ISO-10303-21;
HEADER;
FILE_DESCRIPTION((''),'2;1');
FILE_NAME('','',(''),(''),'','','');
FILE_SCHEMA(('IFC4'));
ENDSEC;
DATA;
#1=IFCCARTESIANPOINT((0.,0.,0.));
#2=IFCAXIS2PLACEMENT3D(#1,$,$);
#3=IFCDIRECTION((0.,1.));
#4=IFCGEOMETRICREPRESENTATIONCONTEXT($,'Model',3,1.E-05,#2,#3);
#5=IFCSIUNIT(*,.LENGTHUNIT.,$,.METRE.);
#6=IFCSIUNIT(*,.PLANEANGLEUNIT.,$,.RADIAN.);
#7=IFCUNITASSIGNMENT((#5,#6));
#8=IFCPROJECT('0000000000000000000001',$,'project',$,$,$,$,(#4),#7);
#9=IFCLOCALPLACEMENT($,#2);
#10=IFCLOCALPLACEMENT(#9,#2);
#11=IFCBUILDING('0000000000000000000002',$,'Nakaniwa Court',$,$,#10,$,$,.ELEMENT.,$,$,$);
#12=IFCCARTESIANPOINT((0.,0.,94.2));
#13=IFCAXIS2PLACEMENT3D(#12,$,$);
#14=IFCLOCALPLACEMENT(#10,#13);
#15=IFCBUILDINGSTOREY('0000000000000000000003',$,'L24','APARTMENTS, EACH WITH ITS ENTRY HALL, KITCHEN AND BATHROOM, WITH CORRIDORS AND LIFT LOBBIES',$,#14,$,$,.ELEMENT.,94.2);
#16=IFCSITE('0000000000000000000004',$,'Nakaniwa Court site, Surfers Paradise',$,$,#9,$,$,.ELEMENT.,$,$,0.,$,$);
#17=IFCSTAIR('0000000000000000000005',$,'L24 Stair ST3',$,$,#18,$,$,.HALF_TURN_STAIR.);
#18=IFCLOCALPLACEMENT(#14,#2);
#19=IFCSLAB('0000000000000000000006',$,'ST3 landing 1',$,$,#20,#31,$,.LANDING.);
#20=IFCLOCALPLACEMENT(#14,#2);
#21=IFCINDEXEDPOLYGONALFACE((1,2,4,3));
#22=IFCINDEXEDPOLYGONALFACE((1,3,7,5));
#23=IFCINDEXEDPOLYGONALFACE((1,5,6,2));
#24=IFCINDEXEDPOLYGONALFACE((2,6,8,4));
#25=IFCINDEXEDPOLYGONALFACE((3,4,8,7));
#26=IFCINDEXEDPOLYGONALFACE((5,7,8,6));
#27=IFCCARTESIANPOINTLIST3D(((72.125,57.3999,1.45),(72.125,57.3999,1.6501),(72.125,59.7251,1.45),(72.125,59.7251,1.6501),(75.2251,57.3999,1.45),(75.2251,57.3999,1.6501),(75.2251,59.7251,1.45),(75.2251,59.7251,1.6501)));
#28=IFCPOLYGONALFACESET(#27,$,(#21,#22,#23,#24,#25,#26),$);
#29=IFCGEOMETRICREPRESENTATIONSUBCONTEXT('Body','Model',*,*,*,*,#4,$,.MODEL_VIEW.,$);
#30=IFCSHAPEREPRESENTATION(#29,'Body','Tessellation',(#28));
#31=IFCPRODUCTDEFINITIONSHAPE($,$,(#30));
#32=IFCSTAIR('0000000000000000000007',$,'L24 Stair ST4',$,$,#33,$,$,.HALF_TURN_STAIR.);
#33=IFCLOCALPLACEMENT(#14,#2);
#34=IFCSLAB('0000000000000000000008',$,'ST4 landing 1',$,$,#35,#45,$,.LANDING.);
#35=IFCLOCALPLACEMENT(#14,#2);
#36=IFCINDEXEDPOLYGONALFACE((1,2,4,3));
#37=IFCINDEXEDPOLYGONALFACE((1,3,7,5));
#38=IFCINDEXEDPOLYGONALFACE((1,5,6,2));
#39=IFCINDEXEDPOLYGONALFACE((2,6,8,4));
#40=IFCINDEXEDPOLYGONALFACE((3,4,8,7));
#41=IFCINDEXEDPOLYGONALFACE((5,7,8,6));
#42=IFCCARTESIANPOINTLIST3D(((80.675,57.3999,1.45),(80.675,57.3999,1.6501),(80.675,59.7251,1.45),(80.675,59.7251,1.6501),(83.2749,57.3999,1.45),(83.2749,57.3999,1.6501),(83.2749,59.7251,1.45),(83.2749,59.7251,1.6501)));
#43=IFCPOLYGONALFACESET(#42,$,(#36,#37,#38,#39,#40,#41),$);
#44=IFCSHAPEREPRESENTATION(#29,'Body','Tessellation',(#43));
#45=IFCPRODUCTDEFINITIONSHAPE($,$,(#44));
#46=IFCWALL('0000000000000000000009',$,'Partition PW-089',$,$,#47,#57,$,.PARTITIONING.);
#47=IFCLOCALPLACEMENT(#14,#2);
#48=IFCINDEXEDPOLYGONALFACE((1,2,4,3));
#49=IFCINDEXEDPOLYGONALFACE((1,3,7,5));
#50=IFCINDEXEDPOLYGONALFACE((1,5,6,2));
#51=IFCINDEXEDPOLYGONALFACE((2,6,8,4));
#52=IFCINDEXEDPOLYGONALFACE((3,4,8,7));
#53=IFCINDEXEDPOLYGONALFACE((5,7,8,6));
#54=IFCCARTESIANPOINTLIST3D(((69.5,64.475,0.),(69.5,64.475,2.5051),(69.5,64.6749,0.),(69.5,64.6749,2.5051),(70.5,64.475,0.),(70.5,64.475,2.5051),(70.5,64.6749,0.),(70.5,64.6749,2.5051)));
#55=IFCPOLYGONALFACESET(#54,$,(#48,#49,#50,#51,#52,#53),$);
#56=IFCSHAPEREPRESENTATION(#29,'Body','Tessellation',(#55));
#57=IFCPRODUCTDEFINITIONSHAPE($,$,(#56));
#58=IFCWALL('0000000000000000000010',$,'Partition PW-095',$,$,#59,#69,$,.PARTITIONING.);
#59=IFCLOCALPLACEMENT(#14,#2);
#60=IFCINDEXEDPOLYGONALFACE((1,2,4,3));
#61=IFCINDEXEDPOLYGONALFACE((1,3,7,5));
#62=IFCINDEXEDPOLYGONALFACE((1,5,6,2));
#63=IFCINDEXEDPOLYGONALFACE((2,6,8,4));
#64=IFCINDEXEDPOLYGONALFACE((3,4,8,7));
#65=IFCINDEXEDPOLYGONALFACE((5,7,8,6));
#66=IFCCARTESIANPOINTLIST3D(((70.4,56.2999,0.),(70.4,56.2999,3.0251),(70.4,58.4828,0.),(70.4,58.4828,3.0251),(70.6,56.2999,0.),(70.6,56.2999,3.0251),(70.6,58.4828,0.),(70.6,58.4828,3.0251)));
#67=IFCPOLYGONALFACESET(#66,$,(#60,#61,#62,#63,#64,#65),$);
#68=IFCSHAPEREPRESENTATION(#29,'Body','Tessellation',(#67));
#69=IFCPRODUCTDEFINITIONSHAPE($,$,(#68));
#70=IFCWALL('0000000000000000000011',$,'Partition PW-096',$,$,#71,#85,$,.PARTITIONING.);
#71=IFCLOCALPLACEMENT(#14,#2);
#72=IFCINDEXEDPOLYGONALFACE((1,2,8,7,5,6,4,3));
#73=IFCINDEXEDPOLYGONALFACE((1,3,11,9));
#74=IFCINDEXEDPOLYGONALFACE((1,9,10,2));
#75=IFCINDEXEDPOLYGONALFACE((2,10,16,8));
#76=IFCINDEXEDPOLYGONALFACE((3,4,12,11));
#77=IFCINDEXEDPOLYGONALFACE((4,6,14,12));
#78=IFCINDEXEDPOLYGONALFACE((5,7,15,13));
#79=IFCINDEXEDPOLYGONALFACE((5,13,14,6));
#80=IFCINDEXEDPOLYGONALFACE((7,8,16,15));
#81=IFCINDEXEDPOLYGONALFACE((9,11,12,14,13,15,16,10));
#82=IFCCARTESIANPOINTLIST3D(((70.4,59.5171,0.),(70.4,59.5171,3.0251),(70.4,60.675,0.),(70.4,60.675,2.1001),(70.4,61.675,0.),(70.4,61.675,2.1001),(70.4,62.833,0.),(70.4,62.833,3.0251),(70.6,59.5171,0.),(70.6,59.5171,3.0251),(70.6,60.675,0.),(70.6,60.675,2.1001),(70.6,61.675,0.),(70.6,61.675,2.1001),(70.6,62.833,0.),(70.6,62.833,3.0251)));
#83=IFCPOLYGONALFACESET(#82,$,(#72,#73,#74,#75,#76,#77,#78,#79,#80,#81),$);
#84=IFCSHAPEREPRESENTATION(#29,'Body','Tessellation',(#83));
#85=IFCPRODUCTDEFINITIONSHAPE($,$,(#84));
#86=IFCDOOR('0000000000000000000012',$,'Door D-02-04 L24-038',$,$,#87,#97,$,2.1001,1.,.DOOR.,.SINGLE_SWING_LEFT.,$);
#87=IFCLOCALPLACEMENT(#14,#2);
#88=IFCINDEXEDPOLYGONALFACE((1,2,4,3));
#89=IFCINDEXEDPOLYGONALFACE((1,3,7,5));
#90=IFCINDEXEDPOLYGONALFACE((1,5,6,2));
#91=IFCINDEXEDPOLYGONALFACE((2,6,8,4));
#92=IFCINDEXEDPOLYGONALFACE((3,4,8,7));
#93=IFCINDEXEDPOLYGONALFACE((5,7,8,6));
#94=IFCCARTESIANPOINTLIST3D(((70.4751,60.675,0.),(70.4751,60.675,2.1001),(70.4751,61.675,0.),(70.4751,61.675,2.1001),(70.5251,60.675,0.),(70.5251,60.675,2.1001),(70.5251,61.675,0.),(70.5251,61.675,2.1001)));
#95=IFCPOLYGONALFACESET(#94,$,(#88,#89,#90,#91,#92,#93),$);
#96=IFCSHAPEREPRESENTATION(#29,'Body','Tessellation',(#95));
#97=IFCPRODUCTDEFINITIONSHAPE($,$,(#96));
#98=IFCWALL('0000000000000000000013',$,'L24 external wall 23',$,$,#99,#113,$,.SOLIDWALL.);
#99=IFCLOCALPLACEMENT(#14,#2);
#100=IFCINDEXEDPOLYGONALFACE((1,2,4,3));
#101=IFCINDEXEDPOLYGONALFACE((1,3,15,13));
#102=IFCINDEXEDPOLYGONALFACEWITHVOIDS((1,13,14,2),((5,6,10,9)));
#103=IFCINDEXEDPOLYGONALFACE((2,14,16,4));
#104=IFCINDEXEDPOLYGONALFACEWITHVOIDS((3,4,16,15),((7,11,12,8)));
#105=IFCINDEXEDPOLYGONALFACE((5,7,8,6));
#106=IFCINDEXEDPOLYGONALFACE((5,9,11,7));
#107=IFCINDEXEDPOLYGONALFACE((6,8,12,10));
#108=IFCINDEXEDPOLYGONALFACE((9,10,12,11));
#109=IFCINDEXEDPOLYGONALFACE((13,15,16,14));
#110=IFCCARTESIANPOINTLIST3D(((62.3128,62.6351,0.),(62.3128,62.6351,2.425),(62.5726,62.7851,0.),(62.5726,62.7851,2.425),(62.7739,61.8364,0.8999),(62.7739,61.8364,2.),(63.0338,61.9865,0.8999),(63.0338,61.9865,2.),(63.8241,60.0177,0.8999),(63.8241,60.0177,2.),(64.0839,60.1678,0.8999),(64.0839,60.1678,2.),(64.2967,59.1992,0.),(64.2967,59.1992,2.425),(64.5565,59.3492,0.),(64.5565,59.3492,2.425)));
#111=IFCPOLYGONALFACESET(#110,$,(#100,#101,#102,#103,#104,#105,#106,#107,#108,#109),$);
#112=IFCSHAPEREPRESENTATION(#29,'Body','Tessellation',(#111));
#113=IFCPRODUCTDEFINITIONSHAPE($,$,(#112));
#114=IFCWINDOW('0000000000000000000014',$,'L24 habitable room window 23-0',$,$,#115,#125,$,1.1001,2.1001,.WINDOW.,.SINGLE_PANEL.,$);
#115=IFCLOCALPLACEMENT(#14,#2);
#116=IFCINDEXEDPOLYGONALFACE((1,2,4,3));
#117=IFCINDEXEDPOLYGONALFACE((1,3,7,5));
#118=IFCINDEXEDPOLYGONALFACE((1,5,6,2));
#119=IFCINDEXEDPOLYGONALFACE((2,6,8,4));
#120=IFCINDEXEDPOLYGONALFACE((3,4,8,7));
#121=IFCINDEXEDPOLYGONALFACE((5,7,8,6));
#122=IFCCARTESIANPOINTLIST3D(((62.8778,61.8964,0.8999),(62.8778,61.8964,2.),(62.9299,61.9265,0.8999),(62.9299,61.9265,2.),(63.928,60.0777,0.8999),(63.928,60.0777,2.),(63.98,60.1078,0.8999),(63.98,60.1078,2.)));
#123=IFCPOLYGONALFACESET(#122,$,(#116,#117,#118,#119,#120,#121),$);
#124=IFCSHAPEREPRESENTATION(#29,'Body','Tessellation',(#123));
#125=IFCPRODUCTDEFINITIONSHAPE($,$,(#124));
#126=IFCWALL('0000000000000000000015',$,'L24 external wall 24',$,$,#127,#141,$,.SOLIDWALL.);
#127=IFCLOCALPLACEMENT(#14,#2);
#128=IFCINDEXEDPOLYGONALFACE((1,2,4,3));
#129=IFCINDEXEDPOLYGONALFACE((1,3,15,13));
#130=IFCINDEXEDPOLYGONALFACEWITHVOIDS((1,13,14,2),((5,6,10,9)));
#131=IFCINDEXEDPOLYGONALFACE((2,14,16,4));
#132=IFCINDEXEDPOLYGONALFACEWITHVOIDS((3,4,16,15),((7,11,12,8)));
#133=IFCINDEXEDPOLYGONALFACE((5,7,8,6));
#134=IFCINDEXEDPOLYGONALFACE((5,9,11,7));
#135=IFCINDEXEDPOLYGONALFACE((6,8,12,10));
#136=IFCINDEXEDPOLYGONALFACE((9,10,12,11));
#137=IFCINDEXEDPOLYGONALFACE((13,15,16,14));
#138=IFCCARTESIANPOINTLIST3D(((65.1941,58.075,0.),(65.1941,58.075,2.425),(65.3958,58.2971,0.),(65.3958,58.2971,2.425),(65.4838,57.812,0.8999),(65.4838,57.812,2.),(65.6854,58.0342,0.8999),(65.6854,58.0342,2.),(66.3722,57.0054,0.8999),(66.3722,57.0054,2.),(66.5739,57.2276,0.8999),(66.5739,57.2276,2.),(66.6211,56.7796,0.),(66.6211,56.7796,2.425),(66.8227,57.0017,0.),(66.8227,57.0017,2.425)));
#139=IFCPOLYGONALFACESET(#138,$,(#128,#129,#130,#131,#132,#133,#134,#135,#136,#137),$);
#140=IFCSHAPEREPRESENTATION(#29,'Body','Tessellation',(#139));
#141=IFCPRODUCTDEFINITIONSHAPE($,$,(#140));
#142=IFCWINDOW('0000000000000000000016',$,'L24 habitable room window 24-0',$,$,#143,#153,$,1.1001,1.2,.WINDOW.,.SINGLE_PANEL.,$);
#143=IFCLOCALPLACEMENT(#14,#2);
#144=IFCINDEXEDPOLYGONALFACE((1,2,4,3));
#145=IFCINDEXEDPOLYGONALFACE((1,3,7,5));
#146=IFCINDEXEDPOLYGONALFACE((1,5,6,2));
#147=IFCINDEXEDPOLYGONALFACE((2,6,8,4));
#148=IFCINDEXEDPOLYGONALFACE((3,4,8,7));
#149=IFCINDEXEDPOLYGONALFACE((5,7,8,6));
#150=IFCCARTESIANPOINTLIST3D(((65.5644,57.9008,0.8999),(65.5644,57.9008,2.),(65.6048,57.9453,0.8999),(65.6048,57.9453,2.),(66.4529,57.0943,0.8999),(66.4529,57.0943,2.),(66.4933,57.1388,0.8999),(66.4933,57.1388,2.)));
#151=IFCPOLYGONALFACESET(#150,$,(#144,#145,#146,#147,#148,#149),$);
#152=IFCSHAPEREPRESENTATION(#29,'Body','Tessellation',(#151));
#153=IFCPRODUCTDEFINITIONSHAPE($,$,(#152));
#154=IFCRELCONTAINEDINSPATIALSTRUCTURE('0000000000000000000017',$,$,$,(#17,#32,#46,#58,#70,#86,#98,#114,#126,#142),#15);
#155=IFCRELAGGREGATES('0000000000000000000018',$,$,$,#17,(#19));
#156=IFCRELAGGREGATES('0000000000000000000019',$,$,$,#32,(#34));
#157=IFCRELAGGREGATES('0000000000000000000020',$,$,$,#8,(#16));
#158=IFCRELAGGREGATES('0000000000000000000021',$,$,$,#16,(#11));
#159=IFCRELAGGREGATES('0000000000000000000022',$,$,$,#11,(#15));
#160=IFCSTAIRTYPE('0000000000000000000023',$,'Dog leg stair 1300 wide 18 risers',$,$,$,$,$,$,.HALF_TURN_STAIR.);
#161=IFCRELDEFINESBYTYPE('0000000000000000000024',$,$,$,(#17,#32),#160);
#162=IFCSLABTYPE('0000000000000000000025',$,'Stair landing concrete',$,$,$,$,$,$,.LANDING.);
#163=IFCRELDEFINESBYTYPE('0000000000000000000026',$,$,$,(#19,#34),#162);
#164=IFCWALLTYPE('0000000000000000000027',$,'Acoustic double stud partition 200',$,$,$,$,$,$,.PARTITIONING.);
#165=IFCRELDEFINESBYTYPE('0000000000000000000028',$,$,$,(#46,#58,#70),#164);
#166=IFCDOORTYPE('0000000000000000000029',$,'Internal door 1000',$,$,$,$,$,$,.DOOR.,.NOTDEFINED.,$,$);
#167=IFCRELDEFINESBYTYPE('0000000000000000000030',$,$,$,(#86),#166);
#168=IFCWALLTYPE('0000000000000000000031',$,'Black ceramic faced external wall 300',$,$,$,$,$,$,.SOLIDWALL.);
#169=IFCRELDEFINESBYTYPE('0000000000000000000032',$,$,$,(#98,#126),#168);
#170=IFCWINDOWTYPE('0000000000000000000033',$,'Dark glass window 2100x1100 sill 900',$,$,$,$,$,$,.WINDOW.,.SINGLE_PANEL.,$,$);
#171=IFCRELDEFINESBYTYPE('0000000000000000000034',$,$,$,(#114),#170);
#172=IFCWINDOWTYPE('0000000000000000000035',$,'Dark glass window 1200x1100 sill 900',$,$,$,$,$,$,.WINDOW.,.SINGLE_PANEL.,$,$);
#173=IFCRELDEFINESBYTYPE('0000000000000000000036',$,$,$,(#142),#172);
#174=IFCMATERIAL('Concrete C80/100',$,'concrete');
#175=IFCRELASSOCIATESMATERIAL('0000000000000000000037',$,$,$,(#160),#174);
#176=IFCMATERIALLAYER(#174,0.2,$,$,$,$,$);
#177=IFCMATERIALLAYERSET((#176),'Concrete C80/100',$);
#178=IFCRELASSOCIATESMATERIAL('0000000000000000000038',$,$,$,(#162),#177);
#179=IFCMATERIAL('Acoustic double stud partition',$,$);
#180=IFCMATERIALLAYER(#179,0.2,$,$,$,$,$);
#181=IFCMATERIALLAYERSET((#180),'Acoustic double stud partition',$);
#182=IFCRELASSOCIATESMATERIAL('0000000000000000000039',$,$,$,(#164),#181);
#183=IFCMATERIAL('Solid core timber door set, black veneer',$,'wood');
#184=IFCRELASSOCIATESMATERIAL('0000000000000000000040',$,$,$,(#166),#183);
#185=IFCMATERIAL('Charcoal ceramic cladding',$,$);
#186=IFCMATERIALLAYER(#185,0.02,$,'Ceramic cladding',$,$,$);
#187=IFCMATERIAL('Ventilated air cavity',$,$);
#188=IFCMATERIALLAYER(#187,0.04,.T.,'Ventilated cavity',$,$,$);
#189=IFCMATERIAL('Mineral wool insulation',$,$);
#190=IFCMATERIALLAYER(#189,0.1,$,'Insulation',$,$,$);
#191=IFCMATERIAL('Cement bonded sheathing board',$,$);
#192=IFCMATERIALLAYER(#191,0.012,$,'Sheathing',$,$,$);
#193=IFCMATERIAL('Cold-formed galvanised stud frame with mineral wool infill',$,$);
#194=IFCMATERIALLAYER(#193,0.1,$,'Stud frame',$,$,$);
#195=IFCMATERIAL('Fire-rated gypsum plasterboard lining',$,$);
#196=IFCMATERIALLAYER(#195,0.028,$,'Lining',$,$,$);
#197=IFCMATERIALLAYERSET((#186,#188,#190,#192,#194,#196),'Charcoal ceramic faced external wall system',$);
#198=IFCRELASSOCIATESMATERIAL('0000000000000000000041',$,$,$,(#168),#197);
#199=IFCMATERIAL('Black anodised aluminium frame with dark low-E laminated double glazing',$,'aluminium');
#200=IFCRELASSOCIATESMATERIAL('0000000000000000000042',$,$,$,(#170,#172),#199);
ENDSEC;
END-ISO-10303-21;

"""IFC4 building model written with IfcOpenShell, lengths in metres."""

from ifc_helpers import new_model, si_unit, direction, frame, frame_2d, origin, place, context, subcontext, project, spatial, polyline, rectangle, outline, extrude, material, layer, layer_set, type_object, element, fill, aggregate, save


model = new_model("IFC4")

# Units and contexts
model_context = context("Model", 3, precision=1e-05, world=origin(), true_north=direction((0.0, 1.0)))
body_context = subcontext(model_context, "Body", "Model", "MODEL_VIEW")
ifc_project = project(units=[si_unit("LENGTHUNIT", "METRE"), si_unit("PLANEANGLEUNIT", "RADIAN")], contexts=[model_context])

# Site, building, storey
site_placement = place(None, origin())
site = spatial("IfcSite", under=ifc_project, at=site_placement, Name="Nakaniwa Court site, Surfers Paradise", CompositionType="ELEMENT", RefElevation=0.0)
building_placement = place(site_placement, origin())
building = spatial("IfcBuilding", under=site, at=building_placement, Name="Nakaniwa Court", CompositionType="ELEMENT")
storey_placement = place(building_placement, frame((0.0, 0.0, 94.2)))
storey = spatial("IfcBuildingStorey", under=building, at=storey_placement, Name="L24", Description="APARTMENTS, EACH WITH ITS ENTRY HALL, KITCHEN AND BATHROOM, WITH CORRIDORS AND LIFT LOBBIES", CompositionType="ELEMENT", Elevation=94.2)

# Shared definitions
ifc_material_1 = material(Name="Concrete C80/100", Category="concrete")

# Stairs, slabs
stair_type = type_object("IfcStairType", Name="Dog leg stair 1300 wide 18 risers", PredefinedType="HALF_TURN_STAIR", material=ifc_material_1)
ifc_layer_1 = layer(ifc_material_1, 0.2)
ifc_layer_set_1 = layer_set([ifc_layer_1], Name="Concrete C80/100")
slab_type_1 = type_object("IfcSlabType", Name="Stair landing concrete", PredefinedType="LANDING", material=ifc_layer_set_1)
stair_1_placement = place(storey_placement, origin())
stair_1 = element("IfcStair", 1, at=stair_1_placement, inside=storey, type_object=stair_type, Name="L24 Stair ST3", PredefinedType="HALF_TURN_STAIR")
slab_1_placement = place(storey_placement, frame((0.0, 0.0, 1.45)))
slab_1 = element("IfcSlab", 2, at=slab_1_placement, type_object=slab_type_1, Name="ST3 landing 1", PredefinedType="LANDING", context=body_context, shape_type="SweptSolid", body=[
    extrude(outline(polyline([(75.2251, 57.3999), (75.2251, 59.7251), (72.125, 59.7251), (72.125, 57.3999), (75.2251, 57.3999)])), origin(), (0.0, 0.0, 1.0), 0.2002),
])
aggregate(stair_1, [slab_1])
stair_2_placement = place(storey_placement, origin())
stair_2 = element("IfcStair", 3, at=stair_2_placement, inside=storey, type_object=stair_type, Name="L24 Stair ST4", PredefinedType="HALF_TURN_STAIR")
slab_2_placement = place(storey_placement, frame((0.0, 0.0, 1.45)))
slab_2 = element("IfcSlab", 4, at=slab_2_placement, type_object=slab_type_1, Name="ST4 landing 1", PredefinedType="LANDING", context=body_context, shape_type="SweptSolid", body=[
    extrude(outline(polyline([(83.2749, 57.3999), (83.2749, 59.7251), (80.675, 59.7251), (80.675, 57.3999), (83.2749, 57.3999)])), origin(), (0.0, 0.0, 1.0), 0.2002),
])
aggregate(stair_2, [slab_2])

# Walls
ifc_material_2 = material(Name="Acoustic double stud partition")
ifc_layer_2 = layer(ifc_material_2, 0.2)
ifc_layer_set_2 = layer_set([ifc_layer_2], Name="Acoustic double stud partition")
wall_type_1 = type_object("IfcWallType", Name="Acoustic double stud partition 200", PredefinedType="PARTITIONING", material=ifc_layer_set_2)
wall_1_placement = place(storey_placement, frame((69.5, 64.575, 0.0), z_axis=(0.0, 0.0, 1.0), x_axis=(1.0, 0.0, 0.0)))
element("IfcWall", 5, at=wall_1_placement, inside=storey, type_object=wall_type_1, Name="Partition PW-089", PredefinedType="PARTITIONING", context=body_context, shape_type="SweptSolid", body=[
    extrude(rectangle(XDim=1.0, YDim=0.2, at=frame_2d((0.5, 0.0))), origin(), (0.0, 0.0, 1.0), 2.5051),
])
wall_2_placement = place(storey_placement, frame((70.5, 56.3, 0.0), z_axis=(0.0, 0.0, 1.0), x_axis=(0.0, 1.0, 0.0)))
element("IfcWall", 6, at=wall_2_placement, inside=storey, type_object=wall_type_1, Name="Partition PW-095", PredefinedType="PARTITIONING", context=body_context, shape_type="SweptSolid", body=[
    extrude(rectangle(XDim=2.1829, YDim=0.2, at=frame_2d((1.0913, 0.0))), origin(), (0.0, 0.0, 1.0), 3.0251),
])

# Wall, opening, door
wall_3_placement = place(storey_placement, frame((70.5, 59.5171, 0.0), z_axis=(0.0, 0.0, 1.0), x_axis=(0.0, 1.0, 0.0)))
wall_3 = element("IfcWall", 7, at=wall_3_placement, inside=storey, type_object=wall_type_1, Name="Partition PW-096", PredefinedType="PARTITIONING", context=body_context, shape_type="SweptSolid", body=[
    extrude(rectangle(XDim=3.3159, YDim=0.2, at=frame_2d((1.658, 0.0))), origin(), (0.0, 0.0, 1.0), 3.0251),
])
opening_1_placement = place(wall_3_placement, frame((1.158, 0.0, 0.0)))
opening_1 = element("IfcOpeningElement", 8, at=opening_1_placement, cuts=wall_3, PredefinedType="OPENING", context=body_context, shape_type="SweptSolid", body=[
    extrude(rectangle(XDim=1.0, YDim=2.1001, at=frame_2d((0.5, 1.05))), frame((0.0, 0.1099, 0.0), z_axis=(0.0, -1.0, 0.0), x_axis=(1.0, 0.0, 0.0)), (0.0, 0.0, 1.0), 0.22),
])
ifc_material_3 = material(Name="Solid core timber door set, black veneer", Category="wood")
door_type = type_object("IfcDoorType", Name="Internal door 1000", OperationType="NOTDEFINED", PredefinedType="DOOR", material=ifc_material_3)
door_placement = place(opening_1_placement, origin())
door = element("IfcDoor", 9, at=door_placement, inside=storey, type_object=door_type, Name="Door D-02-04 L24-038", OperationType="SINGLE_SWING_LEFT", OverallHeight=2.1001, OverallWidth=1.0, PredefinedType="DOOR", context=body_context, shape_type="SweptSolid", body=[
    extrude(rectangle(XDim=1.0, YDim=2.1001, at=frame_2d((0.5, 1.05))), frame((0.0, 0.0249, 0.0), z_axis=(0.0, -1.0, 0.0), x_axis=(1.0, 0.0, 0.0)), (0.0, 0.0, 1.0), 0.05),
])
fill(opening_1, door)

# Walls, openings, windows
ifc_material_4 = material(Name="Charcoal ceramic cladding")
ifc_layer_3 = layer(ifc_material_4, 0.02, Name="Ceramic cladding")
ifc_material_5 = material(Name="Ventilated air cavity")
ifc_layer_4 = layer(ifc_material_5, 0.04, ventilated=True, Name="Ventilated cavity")
ifc_material_6 = material(Name="Mineral wool insulation")
ifc_layer_5 = layer(ifc_material_6, 0.1, Name="Insulation")
ifc_material_7 = material(Name="Cement bonded sheathing board")
ifc_layer_6 = layer(ifc_material_7, 0.012, Name="Sheathing")
ifc_material_8 = material(Name="Cold-formed galvanised stud frame with mineral wool infill")
ifc_layer_7 = layer(ifc_material_8, 0.1, Name="Stud frame")
ifc_material_9 = material(Name="Fire-rated gypsum plasterboard lining")
ifc_layer_8 = layer(ifc_material_9, 0.028, Name="Lining")
ifc_layer_set_3 = layer_set([ifc_layer_3, ifc_layer_4, ifc_layer_5, ifc_layer_6, ifc_layer_7, ifc_layer_8], Name="Charcoal ceramic faced external wall system")
wall_type_2 = type_object("IfcWallType", Name="Black ceramic faced external wall 300", PredefinedType="SOLIDWALL", material=ifc_layer_set_3)
wall_4_placement = place(storey_placement, frame((62.4426, 62.7102, 0.0), z_axis=(0.0, 0.0, 1.0), x_axis=(0.500044, -0.866, 0.0)))
wall_4 = element("IfcWall", 10, at=wall_4_placement, inside=storey, type_object=wall_type_2, Name="L24 external wall 23", PredefinedType="SOLIDWALL", context=body_context, shape_type="SweptSolid", body=[
    extrude(rectangle(XDim=3.9675, YDim=0.3, at=frame_2d((1.9839, 0.0))), origin(), (0.0, 0.0, 1.0), 2.425),
])
opening_2_placement = place(wall_4_placement, frame((0.9224, 0.0, 0.8999)))
opening_2 = element("IfcOpeningElement", 11, at=opening_2_placement, cuts=wall_4, PredefinedType="OPENING", context=body_context, shape_type="SweptSolid", body=[
    extrude(rectangle(XDim=2.1001, YDim=1.1001, at=frame_2d((1.05, 0.55))), frame((0.0, 0.1599, 0.0), z_axis=(0.0, -1.0, 0.0), x_axis=(1.0, 0.0, 0.0)), (0.0, 0.0, 1.0), 0.3201),
])
ifc_material_10 = material(Name="Black anodised aluminium frame with dark low-E laminated double glazing", Category="aluminium")
window_type_1 = type_object("IfcWindowType", Name="Dark glass window 2100x1100 sill 900", PartitioningType="SINGLE_PANEL", PredefinedType="WINDOW", material=ifc_material_10)
window_1_placement = place(opening_2_placement, origin())
window_1 = element("IfcWindow", 12, at=window_1_placement, inside=storey, type_object=window_type_1, Name="L24 habitable room window 23-0", OverallHeight=1.1001, OverallWidth=2.1001, PartitioningType="SINGLE_PANEL", PredefinedType="WINDOW", context=body_context, shape_type="SweptSolid", body=[
    extrude(rectangle(XDim=2.1001, YDim=1.1001, at=frame_2d((1.05, 0.55))), frame((0.0, 0.03, 0.0), z_axis=(0.0, -1.0, 0.0), x_axis=(1.0, 0.0, 0.0)), (0.0, 0.0, 1.0), 0.0601),
])
fill(opening_2, window_1)
wall_5_placement = place(storey_placement, frame((65.2949, 58.186, 0.0), z_axis=(0.0, 0.0, 1.0), x_axis=(0.740421, -0.672143, 0.0)))
wall_5 = element("IfcWall", 13, at=wall_5_placement, inside=storey, type_object=wall_type_2, Name="L24 external wall 24", PredefinedType="SOLIDWALL", context=body_context, shape_type="SweptSolid", body=[
    extrude(rectangle(XDim=1.9272, YDim=0.3, at=frame_2d((0.9636, 0.0))), origin(), (0.0, 0.0, 1.0), 2.425),
])
opening_3_placement = place(wall_5_placement, frame((0.3911, 0.0, 0.8999)))
opening_3 = element("IfcOpeningElement", 14, at=opening_3_placement, cuts=wall_5, PredefinedType="OPENING", context=body_context, shape_type="SweptSolid", body=[
    extrude(rectangle(XDim=1.2, YDim=1.1001, at=frame_2d((0.6001, 0.55))), frame((0.0, 0.1599, 0.0), z_axis=(0.0, -1.0, 0.0), x_axis=(1.0, 0.0, 0.0)), (0.0, 0.0, 1.0), 0.3201),
])
window_type_2 = type_object("IfcWindowType", Name="Dark glass window 1200x1100 sill 900", PartitioningType="SINGLE_PANEL", PredefinedType="WINDOW", material=ifc_material_10)
window_2_placement = place(opening_3_placement, origin())
window_2 = element("IfcWindow", 15, at=window_2_placement, inside=storey, type_object=window_type_2, Name="L24 habitable room window 24-0", OverallHeight=1.1001, OverallWidth=1.2, PartitioningType="SINGLE_PANEL", PredefinedType="WINDOW", context=body_context, shape_type="SweptSolid", body=[
    extrude(rectangle(XDim=1.2, YDim=1.1001, at=frame_2d((0.6001, 0.55))), frame((0.0, 0.03, 0.0), z_axis=(0.0, -1.0, 0.0), x_axis=(1.0, 0.0, 0.0)), (0.0, 0.0, 1.0), 0.0601),
])
fill(opening_3, window_2)

save(model, "model.ifc")
